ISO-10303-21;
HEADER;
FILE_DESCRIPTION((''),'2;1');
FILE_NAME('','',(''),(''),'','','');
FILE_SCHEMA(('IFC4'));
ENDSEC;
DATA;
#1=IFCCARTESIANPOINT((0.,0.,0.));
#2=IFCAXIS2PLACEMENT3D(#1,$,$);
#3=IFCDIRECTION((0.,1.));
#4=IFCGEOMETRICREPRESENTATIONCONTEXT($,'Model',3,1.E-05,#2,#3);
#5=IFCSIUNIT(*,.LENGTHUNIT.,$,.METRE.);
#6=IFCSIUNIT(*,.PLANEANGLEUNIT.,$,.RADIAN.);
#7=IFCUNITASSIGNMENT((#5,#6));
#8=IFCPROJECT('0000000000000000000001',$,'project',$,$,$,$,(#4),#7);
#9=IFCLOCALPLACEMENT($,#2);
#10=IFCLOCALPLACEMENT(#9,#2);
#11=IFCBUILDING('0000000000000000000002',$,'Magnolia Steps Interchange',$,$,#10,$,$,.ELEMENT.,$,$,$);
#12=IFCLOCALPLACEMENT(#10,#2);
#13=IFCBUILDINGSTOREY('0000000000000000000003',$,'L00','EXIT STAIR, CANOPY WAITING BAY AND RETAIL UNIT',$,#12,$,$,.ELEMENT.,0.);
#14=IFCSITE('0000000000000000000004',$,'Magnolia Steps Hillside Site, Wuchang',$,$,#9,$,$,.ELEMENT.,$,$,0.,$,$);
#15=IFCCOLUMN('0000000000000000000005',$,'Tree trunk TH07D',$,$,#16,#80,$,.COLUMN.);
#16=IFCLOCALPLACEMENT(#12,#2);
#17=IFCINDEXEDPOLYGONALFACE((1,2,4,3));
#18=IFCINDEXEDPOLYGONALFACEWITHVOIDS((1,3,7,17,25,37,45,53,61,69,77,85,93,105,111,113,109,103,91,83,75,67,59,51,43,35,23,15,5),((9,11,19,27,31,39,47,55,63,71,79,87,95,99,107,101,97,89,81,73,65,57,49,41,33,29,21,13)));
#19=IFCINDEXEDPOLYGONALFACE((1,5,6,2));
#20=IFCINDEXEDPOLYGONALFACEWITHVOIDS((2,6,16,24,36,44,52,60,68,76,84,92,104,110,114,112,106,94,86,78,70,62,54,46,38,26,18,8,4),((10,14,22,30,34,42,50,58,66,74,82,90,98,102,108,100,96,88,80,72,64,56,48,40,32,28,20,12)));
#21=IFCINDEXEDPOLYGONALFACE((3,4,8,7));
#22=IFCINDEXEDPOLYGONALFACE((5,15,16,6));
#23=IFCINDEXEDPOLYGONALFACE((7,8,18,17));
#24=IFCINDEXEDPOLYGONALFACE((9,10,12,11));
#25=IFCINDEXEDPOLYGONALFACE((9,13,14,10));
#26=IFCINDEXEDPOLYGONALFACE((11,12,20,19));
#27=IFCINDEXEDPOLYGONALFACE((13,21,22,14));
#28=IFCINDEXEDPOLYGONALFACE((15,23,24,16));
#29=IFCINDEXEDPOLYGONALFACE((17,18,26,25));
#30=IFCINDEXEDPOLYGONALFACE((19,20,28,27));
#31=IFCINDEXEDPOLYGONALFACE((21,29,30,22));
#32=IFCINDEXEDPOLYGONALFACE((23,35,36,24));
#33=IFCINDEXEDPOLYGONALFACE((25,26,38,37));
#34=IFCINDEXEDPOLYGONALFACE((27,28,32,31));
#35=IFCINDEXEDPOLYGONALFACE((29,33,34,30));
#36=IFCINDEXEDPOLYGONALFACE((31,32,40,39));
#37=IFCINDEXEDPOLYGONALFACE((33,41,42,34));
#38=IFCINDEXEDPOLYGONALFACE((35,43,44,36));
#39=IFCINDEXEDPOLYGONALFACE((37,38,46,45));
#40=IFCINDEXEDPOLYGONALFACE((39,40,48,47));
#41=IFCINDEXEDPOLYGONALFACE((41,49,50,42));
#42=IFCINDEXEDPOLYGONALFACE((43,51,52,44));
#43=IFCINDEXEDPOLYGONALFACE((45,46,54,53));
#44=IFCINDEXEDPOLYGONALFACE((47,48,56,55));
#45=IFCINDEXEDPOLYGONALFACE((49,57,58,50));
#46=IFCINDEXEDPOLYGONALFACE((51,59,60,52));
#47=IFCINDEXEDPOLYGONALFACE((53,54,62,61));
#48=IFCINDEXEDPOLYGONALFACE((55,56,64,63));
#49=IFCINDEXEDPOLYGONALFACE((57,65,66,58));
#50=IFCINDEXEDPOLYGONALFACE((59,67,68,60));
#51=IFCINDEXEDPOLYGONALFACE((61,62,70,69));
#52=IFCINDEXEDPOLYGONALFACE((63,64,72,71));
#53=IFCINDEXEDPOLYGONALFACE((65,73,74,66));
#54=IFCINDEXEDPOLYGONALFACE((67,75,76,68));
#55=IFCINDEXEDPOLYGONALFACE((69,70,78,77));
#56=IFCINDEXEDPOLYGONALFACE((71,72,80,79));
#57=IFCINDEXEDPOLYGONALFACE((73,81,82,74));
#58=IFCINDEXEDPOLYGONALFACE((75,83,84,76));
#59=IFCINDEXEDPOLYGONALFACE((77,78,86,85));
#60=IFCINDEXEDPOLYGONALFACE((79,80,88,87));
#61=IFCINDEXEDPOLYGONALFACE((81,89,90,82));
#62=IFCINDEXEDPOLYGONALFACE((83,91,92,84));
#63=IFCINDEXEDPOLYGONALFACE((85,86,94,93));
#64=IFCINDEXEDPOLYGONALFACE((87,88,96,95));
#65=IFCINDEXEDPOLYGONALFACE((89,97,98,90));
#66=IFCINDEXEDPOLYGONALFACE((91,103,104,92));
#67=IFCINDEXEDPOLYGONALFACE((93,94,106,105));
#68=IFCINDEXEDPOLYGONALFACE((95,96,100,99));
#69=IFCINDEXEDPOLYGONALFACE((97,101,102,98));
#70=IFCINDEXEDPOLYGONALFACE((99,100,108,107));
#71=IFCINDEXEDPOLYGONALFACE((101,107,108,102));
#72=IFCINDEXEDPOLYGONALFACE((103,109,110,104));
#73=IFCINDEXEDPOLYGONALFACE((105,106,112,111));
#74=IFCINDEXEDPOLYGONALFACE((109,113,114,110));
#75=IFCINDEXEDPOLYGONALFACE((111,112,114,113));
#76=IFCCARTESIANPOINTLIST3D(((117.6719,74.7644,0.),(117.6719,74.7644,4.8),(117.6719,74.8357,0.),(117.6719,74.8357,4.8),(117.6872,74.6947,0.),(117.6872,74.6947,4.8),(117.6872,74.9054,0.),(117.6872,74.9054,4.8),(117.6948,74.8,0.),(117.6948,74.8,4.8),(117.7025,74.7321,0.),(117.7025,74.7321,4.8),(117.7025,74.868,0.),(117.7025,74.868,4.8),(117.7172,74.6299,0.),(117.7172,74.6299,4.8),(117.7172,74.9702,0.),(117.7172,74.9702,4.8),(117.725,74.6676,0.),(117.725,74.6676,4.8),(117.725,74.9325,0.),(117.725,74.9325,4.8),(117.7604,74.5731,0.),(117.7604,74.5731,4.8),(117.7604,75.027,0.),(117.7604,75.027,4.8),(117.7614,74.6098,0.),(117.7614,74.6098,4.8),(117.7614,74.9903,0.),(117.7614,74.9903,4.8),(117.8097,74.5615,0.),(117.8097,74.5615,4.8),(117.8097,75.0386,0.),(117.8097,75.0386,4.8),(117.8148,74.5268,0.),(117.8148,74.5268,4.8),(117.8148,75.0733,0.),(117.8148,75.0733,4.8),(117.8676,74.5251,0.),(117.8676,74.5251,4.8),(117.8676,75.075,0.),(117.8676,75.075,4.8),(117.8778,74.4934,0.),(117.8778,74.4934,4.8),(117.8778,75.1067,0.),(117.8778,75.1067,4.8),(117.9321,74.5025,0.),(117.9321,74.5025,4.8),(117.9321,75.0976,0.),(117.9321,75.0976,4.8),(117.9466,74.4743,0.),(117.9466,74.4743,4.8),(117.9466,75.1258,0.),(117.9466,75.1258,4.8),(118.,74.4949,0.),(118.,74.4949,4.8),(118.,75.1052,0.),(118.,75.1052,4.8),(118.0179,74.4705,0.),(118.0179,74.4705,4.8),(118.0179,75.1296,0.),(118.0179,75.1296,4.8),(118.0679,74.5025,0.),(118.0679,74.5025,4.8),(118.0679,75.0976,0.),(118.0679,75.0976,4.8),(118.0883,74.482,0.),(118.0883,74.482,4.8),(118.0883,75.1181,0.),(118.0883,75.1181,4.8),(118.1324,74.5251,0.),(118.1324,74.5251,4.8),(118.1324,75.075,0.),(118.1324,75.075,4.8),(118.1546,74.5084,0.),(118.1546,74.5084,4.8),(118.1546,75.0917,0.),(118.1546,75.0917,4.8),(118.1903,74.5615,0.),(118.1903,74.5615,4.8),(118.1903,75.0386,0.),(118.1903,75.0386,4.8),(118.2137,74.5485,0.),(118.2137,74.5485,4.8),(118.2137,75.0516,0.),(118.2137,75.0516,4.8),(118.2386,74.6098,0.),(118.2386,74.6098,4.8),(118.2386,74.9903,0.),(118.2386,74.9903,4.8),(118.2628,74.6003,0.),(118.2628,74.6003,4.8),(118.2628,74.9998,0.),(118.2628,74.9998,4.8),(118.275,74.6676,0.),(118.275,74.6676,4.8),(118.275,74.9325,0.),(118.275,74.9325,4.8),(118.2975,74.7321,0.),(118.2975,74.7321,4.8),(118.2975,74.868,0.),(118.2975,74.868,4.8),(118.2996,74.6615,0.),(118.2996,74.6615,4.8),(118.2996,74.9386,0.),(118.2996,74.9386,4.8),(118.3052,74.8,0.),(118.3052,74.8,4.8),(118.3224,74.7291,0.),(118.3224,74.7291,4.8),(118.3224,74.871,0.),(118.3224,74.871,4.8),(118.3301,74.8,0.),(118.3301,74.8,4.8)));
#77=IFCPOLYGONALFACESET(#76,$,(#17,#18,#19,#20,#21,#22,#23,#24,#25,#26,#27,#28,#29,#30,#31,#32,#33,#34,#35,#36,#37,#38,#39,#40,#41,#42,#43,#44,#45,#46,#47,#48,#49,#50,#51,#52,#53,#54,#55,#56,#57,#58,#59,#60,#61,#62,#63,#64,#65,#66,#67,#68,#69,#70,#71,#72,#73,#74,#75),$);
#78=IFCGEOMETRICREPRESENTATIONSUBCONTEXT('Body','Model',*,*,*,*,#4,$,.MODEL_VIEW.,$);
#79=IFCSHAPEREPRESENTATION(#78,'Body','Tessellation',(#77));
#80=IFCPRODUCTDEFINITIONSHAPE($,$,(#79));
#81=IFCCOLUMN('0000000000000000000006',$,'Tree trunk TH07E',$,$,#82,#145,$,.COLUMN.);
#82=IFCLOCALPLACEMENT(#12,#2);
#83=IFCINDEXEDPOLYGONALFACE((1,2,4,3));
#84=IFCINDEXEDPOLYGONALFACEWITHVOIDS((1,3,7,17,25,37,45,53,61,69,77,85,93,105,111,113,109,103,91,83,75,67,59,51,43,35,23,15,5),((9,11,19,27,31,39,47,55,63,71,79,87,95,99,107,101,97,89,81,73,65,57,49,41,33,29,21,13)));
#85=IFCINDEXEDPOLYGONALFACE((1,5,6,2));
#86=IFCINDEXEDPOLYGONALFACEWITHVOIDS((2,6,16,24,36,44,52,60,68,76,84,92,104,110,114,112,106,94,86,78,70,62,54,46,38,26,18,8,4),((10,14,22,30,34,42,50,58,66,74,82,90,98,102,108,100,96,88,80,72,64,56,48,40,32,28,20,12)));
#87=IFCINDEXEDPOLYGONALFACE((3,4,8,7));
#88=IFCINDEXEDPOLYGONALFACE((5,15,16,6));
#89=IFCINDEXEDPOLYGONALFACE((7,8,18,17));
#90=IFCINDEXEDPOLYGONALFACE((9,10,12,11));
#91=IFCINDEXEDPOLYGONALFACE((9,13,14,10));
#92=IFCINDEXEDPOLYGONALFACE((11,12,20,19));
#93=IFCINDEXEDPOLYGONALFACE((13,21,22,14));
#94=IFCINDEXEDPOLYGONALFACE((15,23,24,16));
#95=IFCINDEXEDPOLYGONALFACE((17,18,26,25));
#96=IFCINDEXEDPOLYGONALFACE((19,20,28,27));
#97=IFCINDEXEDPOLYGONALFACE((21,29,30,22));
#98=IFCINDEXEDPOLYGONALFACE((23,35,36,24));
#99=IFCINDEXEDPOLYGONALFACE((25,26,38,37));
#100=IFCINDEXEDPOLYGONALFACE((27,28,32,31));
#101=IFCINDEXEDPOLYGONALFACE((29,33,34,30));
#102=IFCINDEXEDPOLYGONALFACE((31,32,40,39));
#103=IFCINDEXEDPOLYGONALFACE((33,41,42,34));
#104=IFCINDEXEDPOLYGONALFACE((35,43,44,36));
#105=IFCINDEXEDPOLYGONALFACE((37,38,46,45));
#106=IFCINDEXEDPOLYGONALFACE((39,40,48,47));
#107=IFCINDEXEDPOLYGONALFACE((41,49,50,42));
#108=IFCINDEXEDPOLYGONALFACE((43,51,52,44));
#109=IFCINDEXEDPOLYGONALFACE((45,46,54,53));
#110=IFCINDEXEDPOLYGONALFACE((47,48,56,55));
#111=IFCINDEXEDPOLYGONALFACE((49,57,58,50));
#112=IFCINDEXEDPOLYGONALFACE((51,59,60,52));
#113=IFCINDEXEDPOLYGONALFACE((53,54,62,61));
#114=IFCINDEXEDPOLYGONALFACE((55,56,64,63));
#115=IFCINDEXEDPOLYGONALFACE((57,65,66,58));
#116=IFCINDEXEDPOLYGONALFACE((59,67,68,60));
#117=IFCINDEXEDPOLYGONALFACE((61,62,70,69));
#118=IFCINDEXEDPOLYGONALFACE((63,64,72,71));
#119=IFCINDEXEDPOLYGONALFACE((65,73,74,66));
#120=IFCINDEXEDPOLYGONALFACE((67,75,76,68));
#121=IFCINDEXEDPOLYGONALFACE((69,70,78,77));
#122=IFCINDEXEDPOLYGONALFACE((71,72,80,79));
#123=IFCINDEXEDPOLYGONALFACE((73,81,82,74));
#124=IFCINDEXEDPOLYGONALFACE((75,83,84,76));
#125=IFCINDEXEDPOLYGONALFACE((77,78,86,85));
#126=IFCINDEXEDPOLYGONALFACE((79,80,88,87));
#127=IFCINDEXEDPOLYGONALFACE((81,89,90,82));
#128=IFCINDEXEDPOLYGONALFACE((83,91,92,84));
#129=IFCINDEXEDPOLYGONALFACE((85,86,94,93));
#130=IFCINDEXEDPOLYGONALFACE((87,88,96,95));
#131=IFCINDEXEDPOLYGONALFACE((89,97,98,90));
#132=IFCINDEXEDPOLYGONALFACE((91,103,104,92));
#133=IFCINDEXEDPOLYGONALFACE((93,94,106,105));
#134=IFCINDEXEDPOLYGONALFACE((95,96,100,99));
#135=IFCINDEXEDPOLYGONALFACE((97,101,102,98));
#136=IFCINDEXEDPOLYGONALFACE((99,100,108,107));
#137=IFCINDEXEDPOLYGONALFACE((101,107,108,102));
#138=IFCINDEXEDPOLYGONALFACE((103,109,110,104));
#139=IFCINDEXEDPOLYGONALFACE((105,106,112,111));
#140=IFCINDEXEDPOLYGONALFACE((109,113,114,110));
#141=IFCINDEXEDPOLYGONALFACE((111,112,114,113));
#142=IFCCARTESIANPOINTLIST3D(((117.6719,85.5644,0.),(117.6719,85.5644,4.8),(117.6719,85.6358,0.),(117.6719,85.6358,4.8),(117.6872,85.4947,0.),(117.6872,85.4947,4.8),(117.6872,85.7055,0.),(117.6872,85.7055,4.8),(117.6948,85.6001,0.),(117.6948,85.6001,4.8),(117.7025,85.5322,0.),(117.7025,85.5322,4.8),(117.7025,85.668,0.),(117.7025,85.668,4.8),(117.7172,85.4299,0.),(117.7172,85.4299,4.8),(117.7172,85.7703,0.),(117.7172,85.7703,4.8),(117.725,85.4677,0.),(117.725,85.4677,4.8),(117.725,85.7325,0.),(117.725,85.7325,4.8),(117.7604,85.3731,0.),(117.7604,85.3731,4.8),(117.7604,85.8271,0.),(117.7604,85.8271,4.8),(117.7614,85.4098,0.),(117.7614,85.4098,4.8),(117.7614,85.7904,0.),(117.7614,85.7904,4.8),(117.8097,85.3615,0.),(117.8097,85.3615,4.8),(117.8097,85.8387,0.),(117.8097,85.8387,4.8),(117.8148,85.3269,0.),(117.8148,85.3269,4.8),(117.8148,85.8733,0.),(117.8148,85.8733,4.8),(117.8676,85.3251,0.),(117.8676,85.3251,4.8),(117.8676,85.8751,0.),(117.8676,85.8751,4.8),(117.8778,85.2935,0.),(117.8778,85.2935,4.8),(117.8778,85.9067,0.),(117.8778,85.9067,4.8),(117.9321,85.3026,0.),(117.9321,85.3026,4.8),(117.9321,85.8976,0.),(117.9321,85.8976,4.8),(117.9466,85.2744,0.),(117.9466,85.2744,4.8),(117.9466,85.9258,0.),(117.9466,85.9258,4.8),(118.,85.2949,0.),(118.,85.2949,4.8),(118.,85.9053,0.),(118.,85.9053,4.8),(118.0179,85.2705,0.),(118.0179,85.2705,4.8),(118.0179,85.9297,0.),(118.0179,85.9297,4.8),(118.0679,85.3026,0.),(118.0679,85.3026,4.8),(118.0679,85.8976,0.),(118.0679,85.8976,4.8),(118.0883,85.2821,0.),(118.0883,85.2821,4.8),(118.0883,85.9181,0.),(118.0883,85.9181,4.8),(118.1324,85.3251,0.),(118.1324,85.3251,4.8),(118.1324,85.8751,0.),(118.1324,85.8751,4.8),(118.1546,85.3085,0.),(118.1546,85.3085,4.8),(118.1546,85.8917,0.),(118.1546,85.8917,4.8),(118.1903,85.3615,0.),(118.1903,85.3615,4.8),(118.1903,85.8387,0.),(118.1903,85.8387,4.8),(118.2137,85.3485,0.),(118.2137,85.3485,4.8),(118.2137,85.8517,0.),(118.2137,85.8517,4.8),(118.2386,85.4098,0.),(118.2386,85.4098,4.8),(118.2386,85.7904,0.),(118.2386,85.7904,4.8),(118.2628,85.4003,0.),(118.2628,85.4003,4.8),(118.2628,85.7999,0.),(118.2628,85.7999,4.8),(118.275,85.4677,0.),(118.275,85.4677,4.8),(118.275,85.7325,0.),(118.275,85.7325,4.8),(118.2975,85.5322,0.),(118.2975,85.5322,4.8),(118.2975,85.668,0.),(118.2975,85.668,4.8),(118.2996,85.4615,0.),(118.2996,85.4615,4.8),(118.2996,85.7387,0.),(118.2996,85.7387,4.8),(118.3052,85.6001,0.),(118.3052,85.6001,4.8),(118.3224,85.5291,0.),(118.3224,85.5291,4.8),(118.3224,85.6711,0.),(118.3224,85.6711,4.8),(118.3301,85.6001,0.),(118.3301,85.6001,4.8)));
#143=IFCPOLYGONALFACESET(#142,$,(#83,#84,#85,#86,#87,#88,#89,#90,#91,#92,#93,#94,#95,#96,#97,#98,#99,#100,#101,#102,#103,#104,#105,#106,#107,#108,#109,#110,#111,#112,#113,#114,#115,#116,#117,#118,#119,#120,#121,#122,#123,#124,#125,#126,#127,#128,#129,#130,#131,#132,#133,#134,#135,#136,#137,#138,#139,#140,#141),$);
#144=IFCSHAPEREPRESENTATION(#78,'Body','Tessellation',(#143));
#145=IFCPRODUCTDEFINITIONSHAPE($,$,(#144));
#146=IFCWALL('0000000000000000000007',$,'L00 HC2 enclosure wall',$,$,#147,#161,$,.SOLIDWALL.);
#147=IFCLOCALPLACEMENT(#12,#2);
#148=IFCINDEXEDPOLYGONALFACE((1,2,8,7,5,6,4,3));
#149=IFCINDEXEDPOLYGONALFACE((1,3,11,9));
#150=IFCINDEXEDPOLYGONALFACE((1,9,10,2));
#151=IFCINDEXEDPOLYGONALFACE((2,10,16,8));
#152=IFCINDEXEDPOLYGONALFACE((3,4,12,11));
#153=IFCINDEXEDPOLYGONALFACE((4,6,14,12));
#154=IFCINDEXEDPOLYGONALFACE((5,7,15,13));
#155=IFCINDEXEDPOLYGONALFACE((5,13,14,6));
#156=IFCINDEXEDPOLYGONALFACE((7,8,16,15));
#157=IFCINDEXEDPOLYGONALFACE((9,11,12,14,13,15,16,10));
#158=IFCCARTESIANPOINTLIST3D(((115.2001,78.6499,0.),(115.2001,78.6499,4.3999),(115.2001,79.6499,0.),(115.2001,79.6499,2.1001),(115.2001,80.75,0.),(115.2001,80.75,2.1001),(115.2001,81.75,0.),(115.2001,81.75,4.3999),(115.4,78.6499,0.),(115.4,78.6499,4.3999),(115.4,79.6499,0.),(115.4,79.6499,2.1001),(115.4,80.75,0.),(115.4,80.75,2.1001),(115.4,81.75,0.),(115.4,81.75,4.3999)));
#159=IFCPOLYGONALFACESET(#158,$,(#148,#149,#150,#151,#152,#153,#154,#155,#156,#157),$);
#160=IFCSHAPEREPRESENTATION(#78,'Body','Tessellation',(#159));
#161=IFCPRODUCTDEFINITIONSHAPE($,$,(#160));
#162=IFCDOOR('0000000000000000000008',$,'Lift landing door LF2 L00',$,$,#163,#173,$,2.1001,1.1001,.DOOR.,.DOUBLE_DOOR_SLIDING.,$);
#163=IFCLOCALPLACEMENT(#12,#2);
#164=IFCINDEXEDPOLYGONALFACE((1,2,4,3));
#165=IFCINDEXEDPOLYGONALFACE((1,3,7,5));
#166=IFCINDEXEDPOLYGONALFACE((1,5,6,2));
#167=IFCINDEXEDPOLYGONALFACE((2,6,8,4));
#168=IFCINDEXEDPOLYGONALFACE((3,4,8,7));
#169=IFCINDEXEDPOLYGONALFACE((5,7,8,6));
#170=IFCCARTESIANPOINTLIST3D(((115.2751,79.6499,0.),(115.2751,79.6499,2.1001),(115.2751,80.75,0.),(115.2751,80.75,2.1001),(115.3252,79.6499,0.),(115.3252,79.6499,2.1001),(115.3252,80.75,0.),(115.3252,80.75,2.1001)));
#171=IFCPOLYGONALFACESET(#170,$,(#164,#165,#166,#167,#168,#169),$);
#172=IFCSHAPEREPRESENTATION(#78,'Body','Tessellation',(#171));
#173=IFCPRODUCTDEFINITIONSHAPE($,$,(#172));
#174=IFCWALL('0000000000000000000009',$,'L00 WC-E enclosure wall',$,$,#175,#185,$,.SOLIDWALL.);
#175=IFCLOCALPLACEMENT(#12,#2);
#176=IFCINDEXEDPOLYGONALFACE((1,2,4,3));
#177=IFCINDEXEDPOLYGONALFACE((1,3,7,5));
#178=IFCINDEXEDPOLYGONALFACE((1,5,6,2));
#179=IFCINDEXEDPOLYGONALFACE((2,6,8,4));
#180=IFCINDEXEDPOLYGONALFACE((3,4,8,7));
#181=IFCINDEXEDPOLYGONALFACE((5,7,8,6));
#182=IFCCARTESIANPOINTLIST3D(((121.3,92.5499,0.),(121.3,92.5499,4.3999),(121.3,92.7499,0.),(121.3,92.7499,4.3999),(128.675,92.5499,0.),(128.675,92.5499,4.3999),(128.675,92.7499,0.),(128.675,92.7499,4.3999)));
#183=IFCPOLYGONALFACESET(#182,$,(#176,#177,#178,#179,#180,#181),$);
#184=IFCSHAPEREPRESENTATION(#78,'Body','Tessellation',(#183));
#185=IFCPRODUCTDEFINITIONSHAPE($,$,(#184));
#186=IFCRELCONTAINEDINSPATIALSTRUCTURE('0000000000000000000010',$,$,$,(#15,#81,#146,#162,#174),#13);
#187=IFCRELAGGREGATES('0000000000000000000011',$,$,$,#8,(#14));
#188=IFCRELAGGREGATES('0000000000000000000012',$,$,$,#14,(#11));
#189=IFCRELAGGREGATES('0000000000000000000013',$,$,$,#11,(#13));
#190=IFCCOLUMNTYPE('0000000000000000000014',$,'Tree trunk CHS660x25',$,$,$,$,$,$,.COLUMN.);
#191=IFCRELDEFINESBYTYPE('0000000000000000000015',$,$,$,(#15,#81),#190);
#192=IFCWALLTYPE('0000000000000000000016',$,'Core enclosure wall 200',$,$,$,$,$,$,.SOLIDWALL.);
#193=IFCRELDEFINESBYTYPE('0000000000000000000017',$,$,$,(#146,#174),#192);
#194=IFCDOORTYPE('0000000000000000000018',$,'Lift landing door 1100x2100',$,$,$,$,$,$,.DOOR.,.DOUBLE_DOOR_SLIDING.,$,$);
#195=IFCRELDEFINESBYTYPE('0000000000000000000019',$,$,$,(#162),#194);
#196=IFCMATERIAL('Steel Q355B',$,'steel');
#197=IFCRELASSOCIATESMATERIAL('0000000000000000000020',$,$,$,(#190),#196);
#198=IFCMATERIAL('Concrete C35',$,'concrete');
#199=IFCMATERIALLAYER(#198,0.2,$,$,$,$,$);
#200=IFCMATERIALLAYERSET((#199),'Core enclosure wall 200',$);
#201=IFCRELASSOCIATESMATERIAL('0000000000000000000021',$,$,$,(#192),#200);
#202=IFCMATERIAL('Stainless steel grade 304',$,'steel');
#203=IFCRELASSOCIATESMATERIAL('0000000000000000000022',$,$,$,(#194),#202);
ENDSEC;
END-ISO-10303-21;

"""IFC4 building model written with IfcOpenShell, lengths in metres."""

from ifc_helpers import new_model, si_unit, direction, frame, frame_2d, origin, origin_2d, place, context, subcontext, project, spatial, rectangle, hollow_circle, extrude, material, layer, layer_set, material_profile, profile_set, type_object, element, fill, save


model = new_model("IFC4")

# Units and contexts
model_context = context("Model", 3, precision=1e-05, world=origin(), true_north=direction((0.0, 1.0)))
body_context = subcontext(model_context, "Body", "Model", "MODEL_VIEW")
ifc_project = project(units=[si_unit("LENGTHUNIT", "METRE"), si_unit("PLANEANGLEUNIT", "RADIAN")], contexts=[model_context])

# Site, building, storey
site_placement = place(None, origin())
site = spatial("IfcSite", under=ifc_project, at=site_placement, Name="Magnolia Steps Hillside Site, Wuchang", CompositionType="ELEMENT", RefElevation=0.0)
building_placement = place(site_placement, origin())
building = spatial("IfcBuilding", under=site, at=building_placement, Name="Magnolia Steps Interchange", CompositionType="ELEMENT")
storey_placement = place(building_placement, origin())
storey = spatial("IfcBuildingStorey", under=building, at=storey_placement, Name="L00", Description="EXIT STAIR, CANOPY WAITING BAY AND RETAIL UNIT", CompositionType="ELEMENT", Elevation=0.0)

# Columns
ifc_material_1 = material(Name="Steel Q355B", Category="steel")
ifc_material_profile = material_profile(ifc_material_1, hollow_circle(Radius=0.3301, WallThickness=0.0249, at=origin_2d()), Name="CHS660x25")
ifc_profile_set = profile_set([ifc_material_profile], Name="Steel Q355B")
column_type = type_object("IfcColumnType", Name="Tree trunk CHS660x25", PredefinedType="COLUMN", material=ifc_profile_set)
for number, where, z_axis, x_axis, name in (
    (1, (118.0, 74.8, 0.0), (0.0, 0.0, 1.0), (1.0, 0.0, 0.0), "Tree trunk TH07D"),
    (2, (118.0, 85.6001, 0.0), (0.0, 0.0, 1.0), (1.0, 0.0, 0.0), "Tree trunk TH07E"),
):
    element("IfcColumn", number, at=place(storey_placement, frame(where, z_axis=z_axis, x_axis=x_axis)), inside=storey, type_object=column_type, Name=name, PredefinedType="COLUMN", context=body_context, shape_type="SweptSolid", body=[
        extrude(hollow_circle(Radius=0.3301, WallThickness=0.0249, at=origin_2d()), origin(), (0.0, 0.0, 1.0), 4.8),
    ])

# Wall, opening, door
ifc_material_2 = material(Name="Concrete C35", Category="concrete")
ifc_layer_1 = layer(ifc_material_2, 0.2)
ifc_layer_set_1 = layer_set([ifc_layer_1], Name="Core enclosure wall 200")
wall_type_1 = type_object("IfcWallType", Name="Core enclosure wall 200", PredefinedType="SOLIDWALL", material=ifc_layer_set_1)
wall_1_placement = place(storey_placement, frame((115.3, 81.75, 0.0), z_axis=(0.0, 0.0, 1.0), x_axis=(0.0, -1.0, 0.0)))
wall_1 = element("IfcWall", 3, at=wall_1_placement, inside=storey, type_object=wall_type_1, Name="L00 HC2 enclosure wall", PredefinedType="SOLIDWALL", context=body_context, shape_type="SweptSolid", body=[
    extrude(rectangle(XDim=3.1001, YDim=0.2, at=frame_2d((1.55, 0.0))), origin(), (0.0, 0.0, 1.0), 4.3999),
])
opening_1_placement = place(wall_1_placement, frame((1.0, 0.0, 0.0)))
opening_1 = element("IfcOpeningElement", 4, at=opening_1_placement, cuts=wall_1, PredefinedType="OPENING", context=body_context, shape_type="SweptSolid", body=[
    extrude(rectangle(XDim=1.1001, YDim=2.1001, at=frame_2d((0.55, 1.05))), frame((0.0, 0.1099, 0.0), z_axis=(0.0, -1.0, 0.0), x_axis=(1.0, 0.0, 0.0)), (0.0, 0.0, 1.0), 0.22),
])
ifc_material_3 = material(Name="Stainless steel grade 304", Category="steel")
door_type_1 = type_object("IfcDoorType", Name="Lift landing door 1100x2100", OperationType="DOUBLE_DOOR_SLIDING", PredefinedType="DOOR", material=ifc_material_3)
door_1_placement = place(opening_1_placement, frame((1.1001, 0.0, 0.0), z_axis=(0.0, 0.0, 1.0), x_axis=(-1.0, 0.0, 0.0)))
door_1 = element("IfcDoor", 5, at=door_1_placement, inside=storey, type_object=door_type_1, Name="Lift landing door LF2 L00", OperationType="DOUBLE_DOOR_SLIDING", OverallHeight=2.1001, OverallWidth=1.1001, PredefinedType="DOOR", context=body_context, shape_type="SweptSolid", body=[
    extrude(rectangle(XDim=1.1001, YDim=2.1001, at=frame_2d((0.55, 1.05))), frame((0.0, 0.0249, 0.0), z_axis=(0.0, -1.0, 0.0), x_axis=(1.0, 0.0, 0.0)), (0.0, 0.0, 1.0), 0.05),
])
fill(opening_1, door_1)

# Wall
wall_2_placement = place(storey_placement, frame((121.3, 92.6499, 0.0), z_axis=(0.0, 0.0, 1.0), x_axis=(1.0, 0.0, 0.0)))
element("IfcWall", 6, at=wall_2_placement, inside=storey, type_object=wall_type_1, Name="L00 WC-E enclosure wall", PredefinedType="SOLIDWALL", context=body_context, shape_type="SweptSolid", body=[
    extrude(rectangle(XDim=7.375, YDim=0.2, at=frame_2d((3.6875, 0.0))), origin(), (0.0, 0.0, 1.0), 4.3999),
])

save(model, "model.ifc")
